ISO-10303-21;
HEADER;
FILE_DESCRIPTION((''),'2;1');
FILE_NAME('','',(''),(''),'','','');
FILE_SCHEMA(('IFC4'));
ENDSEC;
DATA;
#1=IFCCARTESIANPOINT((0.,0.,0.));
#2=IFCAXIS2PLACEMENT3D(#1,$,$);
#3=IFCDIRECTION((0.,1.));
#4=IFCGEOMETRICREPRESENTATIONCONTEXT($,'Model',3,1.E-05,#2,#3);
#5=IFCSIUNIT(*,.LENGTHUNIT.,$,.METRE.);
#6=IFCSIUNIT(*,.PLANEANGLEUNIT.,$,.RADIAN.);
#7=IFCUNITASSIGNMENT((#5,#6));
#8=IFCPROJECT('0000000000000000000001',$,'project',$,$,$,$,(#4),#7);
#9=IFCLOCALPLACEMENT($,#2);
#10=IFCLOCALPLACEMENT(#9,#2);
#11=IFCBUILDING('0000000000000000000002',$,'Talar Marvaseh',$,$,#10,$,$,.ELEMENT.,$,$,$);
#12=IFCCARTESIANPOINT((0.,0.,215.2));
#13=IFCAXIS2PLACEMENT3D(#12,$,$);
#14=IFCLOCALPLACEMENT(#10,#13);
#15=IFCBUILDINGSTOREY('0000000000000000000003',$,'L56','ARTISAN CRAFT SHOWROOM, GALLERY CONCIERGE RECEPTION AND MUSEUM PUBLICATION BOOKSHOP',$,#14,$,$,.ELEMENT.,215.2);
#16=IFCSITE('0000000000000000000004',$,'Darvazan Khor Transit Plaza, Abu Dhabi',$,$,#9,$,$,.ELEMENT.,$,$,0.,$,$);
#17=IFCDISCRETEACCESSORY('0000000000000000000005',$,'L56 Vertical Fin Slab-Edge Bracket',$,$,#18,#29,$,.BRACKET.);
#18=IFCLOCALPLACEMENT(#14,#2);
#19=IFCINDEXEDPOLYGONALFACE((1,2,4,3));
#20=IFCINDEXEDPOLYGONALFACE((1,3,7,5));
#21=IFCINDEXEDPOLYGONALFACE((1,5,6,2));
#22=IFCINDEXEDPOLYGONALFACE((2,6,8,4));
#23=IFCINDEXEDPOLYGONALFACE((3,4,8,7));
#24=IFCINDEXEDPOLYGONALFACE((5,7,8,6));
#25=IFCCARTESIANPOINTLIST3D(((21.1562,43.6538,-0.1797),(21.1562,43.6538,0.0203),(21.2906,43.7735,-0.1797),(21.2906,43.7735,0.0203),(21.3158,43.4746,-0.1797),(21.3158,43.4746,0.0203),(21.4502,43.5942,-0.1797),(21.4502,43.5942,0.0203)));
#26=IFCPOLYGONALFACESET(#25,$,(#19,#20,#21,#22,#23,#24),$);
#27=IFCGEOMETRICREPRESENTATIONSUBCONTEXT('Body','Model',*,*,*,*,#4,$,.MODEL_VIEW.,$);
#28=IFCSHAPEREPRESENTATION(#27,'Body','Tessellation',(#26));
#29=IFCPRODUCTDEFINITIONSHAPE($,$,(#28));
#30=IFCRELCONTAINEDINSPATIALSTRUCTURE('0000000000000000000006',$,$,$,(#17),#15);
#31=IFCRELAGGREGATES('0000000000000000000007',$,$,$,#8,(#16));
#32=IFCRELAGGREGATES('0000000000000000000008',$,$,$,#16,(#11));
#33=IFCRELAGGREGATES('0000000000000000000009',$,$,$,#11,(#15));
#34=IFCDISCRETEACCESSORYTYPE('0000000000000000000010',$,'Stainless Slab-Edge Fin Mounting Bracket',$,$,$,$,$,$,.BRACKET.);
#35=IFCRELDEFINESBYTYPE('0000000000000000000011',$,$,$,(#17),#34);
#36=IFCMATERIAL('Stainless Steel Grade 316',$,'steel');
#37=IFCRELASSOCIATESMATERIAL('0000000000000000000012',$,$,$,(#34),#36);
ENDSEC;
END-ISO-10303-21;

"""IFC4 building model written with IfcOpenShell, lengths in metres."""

from ifc_helpers import new_model, si_unit, direction, frame, origin, origin_2d, place, context, subcontext, project, spatial, rectangle, extrude, source, transform, mapped, material, type_object, type_shapes, element, save


model = new_model("IFC4")

# Units and contexts
model_context = context("Model", 3, precision=1e-05, world=origin(), true_north=direction((0.0, 1.0)))
body_context = subcontext(model_context, "Body", "Model", "MODEL_VIEW")
ifc_project = project(units=[si_unit("LENGTHUNIT", "METRE"), si_unit("PLANEANGLEUNIT", "RADIAN")], contexts=[model_context])

# Site, building, storey
site_placement = place(None, origin())
site = spatial("IfcSite", under=ifc_project, at=site_placement, Name="Darvazan Khor Transit Plaza, Abu Dhabi", CompositionType="ELEMENT", RefElevation=0.0)
building_placement = place(site_placement, origin())
building = spatial("IfcBuilding", under=site, at=building_placement, Name="Talar Marvaseh", CompositionType="ELEMENT")
storey_placement = place(building_placement, frame((0.0, 0.0, 215.2)))
storey = spatial("IfcBuildingStorey", under=building, at=storey_placement, Name="L56", Description="ARTISAN CRAFT SHOWROOM, GALLERY CONCIERGE RECEPTION AND MUSEUM PUBLICATION BOOKSHOP", CompositionType="ELEMENT", Elevation=215.2)

# Discrete accessory
ifc_material_1 = material(Name="Stainless Steel Grade 316", Category="steel")
discrete_accessory_type = type_object("IfcDiscreteAccessoryType", Name="Stainless Slab-Edge Fin Mounting Bracket", PredefinedType="BRACKET", material=ifc_material_1)
shared_shape_1 = source(origin(), body_context, "Body", "SweptSolid", [
    extrude(rectangle(XDim=0.24, YDim=0.1799, at=origin_2d()), origin(), (0.0, 0.0, 1.0), 0.2),
])
type_shapes(discrete_accessory_type, [shared_shape_1])
for number, where, z_axis, x_axis, name in (
    (1, (21.3032, 43.624, -0.1797), (0.0, 0.0, 1.0), (-0.66497, 0.74687, 0.0), "L56 Vertical Fin Slab-Edge Bracket"),
):
    element("IfcDiscreteAccessory", number, at=place(storey_placement, frame(where, z_axis=z_axis, x_axis=x_axis)), inside=storey, type_object=discrete_accessory_type, Name=name, PredefinedType="BRACKET", context=body_context, shape_type="MappedRepresentation", body=[
        mapped(shared_shape_1, transform((0.0, 0.0, 0.0), x_axis=(1.0, 0.0, 0.0), y_axis=(0.0, 1.0, 0.0), z_axis=(0.0, 0.0, 1.0), scale=1.0)),
    ])

save(model, "model.ifc")
